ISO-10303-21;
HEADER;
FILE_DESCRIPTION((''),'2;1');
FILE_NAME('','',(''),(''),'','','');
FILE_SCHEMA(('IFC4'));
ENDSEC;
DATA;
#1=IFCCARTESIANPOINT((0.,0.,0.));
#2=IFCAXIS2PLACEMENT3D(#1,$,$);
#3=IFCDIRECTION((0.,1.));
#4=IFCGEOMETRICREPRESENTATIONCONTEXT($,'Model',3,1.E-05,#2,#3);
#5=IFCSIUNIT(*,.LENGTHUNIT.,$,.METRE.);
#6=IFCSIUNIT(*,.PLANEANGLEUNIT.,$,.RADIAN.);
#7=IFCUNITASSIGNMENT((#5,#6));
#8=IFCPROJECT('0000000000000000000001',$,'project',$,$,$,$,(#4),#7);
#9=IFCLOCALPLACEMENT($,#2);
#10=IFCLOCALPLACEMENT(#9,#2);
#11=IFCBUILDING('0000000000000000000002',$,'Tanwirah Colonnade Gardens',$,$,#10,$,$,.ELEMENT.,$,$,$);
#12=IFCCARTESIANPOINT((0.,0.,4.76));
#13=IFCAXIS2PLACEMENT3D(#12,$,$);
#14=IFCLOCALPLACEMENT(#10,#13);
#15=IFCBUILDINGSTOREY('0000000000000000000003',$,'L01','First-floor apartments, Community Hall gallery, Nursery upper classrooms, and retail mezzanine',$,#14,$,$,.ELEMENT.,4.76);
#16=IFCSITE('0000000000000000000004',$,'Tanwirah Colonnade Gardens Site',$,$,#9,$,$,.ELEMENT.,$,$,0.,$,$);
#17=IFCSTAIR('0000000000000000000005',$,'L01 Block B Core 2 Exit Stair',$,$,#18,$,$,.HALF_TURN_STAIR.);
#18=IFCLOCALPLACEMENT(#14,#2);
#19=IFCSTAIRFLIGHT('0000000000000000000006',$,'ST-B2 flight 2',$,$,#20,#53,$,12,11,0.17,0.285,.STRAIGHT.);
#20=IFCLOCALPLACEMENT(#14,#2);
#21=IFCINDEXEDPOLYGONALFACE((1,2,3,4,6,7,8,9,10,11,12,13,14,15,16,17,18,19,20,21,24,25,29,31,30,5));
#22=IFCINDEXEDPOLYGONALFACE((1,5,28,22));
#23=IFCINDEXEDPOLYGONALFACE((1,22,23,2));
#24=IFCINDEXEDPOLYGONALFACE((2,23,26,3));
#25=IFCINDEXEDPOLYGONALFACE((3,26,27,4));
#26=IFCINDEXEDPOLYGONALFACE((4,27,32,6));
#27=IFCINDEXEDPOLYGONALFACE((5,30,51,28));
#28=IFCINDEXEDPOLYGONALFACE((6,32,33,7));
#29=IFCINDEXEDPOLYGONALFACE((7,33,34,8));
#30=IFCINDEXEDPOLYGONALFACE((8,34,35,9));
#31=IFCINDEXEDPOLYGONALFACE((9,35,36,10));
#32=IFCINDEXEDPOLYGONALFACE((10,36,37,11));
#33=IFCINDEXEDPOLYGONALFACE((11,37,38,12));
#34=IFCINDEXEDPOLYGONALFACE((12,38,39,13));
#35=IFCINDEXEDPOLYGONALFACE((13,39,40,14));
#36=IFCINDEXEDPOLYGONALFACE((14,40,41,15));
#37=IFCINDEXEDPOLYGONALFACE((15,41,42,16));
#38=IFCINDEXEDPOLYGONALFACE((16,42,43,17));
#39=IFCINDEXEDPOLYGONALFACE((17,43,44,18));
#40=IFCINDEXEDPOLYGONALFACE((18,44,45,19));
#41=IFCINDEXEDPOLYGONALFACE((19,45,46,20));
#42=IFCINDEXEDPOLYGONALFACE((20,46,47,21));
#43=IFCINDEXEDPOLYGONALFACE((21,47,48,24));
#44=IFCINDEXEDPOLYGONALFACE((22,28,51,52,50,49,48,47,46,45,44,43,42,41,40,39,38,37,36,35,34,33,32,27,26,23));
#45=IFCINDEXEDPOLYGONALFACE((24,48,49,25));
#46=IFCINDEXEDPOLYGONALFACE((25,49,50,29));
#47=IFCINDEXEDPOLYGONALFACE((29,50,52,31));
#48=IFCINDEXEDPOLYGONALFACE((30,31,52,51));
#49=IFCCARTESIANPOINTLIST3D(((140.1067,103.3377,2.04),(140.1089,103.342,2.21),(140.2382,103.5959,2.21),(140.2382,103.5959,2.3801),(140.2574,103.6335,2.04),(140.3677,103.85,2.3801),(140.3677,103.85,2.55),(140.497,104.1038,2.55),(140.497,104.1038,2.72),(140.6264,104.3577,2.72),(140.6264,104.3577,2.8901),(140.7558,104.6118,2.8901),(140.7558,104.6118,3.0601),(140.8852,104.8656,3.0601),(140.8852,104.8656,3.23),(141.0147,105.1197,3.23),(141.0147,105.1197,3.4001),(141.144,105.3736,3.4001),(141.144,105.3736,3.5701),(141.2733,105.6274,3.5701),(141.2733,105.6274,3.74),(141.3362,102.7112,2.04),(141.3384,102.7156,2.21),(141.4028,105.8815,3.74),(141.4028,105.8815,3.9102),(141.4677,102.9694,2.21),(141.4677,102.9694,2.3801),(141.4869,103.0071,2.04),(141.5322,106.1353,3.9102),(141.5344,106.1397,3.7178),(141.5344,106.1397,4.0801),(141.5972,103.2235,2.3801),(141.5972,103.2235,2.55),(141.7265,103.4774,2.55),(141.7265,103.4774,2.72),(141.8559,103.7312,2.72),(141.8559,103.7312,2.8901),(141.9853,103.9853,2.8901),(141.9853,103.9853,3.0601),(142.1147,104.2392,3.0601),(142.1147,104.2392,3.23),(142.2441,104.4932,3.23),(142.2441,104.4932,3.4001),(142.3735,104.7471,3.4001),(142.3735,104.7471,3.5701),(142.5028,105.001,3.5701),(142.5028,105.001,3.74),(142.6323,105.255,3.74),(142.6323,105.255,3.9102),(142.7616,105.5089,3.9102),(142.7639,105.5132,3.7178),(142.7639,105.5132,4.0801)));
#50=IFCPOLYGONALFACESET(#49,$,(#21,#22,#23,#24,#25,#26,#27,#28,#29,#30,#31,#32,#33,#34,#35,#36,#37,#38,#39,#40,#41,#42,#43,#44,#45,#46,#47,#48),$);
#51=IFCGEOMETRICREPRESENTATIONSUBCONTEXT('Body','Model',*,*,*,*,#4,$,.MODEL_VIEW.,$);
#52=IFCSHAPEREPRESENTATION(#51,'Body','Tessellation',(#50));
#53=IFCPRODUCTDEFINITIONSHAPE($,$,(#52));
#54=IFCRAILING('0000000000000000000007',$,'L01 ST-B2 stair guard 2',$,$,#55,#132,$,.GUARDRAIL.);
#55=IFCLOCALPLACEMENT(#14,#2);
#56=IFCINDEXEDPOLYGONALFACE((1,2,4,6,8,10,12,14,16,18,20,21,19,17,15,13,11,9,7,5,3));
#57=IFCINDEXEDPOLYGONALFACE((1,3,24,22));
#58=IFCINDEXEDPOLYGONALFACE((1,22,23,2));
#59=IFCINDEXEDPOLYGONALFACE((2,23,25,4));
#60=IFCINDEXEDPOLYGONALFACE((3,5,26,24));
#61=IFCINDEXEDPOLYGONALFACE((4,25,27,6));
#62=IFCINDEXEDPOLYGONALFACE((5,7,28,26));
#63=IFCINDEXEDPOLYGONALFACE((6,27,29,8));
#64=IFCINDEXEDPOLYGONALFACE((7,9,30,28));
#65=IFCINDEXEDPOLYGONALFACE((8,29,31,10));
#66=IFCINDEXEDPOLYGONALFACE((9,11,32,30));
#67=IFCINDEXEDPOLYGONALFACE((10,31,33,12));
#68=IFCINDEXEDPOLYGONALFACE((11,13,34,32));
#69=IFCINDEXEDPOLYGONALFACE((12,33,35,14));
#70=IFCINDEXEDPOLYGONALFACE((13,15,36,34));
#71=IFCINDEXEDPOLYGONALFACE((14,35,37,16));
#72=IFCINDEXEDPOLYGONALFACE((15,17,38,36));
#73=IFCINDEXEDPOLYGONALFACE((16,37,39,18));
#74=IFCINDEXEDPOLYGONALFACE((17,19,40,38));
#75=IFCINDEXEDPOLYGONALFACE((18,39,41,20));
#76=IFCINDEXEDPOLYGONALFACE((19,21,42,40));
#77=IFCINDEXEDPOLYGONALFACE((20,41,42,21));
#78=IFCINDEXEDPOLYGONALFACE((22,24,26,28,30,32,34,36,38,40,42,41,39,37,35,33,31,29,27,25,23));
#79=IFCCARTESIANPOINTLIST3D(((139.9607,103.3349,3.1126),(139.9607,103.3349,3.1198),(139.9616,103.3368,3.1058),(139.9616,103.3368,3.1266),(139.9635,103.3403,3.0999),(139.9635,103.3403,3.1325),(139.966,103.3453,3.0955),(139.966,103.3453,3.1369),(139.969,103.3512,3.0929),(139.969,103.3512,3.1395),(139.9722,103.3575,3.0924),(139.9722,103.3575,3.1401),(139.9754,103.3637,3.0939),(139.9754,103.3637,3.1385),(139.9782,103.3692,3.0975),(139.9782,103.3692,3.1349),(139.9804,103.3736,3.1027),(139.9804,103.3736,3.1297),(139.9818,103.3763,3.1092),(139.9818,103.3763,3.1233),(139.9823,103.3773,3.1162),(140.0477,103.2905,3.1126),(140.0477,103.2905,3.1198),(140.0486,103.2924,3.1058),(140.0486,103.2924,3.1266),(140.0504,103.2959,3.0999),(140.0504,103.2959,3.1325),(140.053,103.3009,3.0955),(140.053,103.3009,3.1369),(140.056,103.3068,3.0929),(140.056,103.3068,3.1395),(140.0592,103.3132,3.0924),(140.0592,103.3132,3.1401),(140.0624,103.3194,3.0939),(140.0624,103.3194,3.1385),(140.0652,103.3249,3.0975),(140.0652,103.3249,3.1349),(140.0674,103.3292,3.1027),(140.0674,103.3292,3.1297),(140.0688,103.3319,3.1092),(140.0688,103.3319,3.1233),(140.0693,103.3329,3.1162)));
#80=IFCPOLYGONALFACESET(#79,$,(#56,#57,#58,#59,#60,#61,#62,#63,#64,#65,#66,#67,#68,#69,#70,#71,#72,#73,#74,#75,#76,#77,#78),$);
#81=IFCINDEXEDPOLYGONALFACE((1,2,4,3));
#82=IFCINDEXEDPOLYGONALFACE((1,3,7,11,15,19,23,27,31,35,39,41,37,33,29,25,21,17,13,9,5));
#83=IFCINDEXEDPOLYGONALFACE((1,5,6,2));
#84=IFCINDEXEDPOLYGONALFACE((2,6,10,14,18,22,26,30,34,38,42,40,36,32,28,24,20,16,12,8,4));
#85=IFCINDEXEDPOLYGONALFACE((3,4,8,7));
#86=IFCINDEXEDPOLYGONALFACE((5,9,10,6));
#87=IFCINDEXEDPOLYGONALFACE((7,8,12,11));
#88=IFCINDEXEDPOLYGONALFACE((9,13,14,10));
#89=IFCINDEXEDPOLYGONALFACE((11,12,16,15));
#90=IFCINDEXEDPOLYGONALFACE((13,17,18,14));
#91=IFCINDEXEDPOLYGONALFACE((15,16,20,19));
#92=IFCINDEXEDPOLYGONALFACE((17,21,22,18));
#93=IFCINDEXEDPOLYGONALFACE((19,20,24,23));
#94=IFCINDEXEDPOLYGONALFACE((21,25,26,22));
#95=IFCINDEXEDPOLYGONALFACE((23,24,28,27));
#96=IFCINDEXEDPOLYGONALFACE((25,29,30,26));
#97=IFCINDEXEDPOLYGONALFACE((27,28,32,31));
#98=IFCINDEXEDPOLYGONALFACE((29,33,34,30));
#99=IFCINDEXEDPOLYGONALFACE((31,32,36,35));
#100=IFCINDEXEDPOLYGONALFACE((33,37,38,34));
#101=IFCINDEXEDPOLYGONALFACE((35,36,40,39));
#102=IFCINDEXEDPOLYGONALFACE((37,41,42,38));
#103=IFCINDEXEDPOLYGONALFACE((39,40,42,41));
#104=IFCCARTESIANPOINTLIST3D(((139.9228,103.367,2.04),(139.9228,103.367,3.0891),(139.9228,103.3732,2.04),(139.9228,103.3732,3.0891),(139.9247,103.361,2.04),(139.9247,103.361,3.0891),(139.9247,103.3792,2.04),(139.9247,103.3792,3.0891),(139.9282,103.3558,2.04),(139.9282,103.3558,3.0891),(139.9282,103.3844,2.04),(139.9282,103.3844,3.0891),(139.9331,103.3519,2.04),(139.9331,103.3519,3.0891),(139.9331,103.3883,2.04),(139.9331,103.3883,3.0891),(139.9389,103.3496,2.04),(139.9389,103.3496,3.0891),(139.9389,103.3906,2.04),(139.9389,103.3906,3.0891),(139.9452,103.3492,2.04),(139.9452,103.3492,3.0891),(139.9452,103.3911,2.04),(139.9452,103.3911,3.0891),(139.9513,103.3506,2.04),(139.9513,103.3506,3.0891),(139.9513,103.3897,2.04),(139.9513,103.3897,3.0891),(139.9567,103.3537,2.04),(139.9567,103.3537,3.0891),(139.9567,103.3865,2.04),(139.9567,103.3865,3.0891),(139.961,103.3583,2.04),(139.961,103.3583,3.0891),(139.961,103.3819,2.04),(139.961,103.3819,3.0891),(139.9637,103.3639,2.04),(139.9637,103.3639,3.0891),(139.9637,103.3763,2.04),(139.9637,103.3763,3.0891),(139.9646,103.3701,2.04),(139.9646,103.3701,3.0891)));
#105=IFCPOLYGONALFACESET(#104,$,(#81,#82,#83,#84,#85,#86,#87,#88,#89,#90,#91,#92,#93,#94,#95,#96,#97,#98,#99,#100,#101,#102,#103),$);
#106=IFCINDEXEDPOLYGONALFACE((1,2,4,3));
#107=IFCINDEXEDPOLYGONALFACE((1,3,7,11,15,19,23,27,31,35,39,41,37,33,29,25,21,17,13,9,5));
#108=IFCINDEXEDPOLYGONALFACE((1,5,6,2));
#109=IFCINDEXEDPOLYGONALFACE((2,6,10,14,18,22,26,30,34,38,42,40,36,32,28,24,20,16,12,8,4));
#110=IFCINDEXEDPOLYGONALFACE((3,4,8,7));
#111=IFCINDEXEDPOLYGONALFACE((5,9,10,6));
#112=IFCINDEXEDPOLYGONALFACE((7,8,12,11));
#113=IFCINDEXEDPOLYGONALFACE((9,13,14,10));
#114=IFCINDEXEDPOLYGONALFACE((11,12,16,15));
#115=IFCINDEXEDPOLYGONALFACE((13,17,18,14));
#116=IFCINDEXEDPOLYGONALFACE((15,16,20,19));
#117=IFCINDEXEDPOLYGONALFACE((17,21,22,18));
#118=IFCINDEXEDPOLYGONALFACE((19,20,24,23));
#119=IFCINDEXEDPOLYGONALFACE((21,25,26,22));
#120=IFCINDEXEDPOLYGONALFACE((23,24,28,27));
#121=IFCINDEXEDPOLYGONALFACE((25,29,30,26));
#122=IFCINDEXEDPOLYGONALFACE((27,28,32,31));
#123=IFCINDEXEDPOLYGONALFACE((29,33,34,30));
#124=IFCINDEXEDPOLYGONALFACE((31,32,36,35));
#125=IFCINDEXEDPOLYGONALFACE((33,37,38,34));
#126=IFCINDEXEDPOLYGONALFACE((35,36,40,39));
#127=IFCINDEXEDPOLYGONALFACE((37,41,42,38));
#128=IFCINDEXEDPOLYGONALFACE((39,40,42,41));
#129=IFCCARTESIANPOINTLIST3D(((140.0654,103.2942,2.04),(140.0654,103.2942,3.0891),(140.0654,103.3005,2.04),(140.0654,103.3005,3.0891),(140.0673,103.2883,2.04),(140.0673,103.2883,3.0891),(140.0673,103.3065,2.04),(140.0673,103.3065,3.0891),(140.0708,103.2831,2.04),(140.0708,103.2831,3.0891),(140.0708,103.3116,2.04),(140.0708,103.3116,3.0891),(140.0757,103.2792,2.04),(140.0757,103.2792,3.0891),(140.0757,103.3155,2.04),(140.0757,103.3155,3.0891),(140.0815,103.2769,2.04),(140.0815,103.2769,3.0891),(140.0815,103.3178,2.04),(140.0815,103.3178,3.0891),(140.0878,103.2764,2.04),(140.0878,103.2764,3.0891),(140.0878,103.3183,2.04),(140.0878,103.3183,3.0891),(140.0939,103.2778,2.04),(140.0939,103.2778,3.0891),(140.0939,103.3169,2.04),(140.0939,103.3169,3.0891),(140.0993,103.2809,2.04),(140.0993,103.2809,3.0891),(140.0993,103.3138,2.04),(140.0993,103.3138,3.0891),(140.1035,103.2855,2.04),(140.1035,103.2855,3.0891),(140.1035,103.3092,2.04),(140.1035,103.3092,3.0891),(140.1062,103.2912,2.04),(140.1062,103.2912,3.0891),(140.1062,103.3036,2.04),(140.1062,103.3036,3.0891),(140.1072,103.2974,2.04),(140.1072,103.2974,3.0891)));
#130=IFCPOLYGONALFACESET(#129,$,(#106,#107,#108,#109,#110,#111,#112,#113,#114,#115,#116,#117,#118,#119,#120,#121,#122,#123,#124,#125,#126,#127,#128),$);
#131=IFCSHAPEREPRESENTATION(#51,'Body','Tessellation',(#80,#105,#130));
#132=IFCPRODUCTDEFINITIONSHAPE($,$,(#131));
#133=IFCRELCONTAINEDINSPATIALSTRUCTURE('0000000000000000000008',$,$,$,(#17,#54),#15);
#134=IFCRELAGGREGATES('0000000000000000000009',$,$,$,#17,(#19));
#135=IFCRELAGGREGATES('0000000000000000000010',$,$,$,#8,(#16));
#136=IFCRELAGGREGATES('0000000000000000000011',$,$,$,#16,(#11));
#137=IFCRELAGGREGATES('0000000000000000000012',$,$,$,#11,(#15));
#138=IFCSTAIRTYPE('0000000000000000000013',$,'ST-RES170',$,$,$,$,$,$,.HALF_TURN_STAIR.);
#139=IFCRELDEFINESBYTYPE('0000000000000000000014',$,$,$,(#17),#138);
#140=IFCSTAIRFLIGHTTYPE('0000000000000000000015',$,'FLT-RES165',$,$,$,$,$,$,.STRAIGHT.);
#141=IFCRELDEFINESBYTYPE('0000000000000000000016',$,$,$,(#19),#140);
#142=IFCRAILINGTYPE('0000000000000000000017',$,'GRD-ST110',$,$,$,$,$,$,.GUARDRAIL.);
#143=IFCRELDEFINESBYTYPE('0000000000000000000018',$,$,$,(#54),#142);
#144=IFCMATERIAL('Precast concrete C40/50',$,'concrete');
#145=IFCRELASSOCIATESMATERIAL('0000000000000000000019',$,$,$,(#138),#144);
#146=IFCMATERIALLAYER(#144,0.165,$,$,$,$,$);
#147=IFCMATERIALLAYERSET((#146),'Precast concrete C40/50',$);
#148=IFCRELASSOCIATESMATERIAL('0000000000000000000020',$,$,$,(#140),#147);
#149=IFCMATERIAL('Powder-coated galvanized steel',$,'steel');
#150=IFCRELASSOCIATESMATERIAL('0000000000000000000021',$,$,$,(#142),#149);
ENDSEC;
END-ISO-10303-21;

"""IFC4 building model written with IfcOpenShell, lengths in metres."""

from ifc_helpers import new_model, si_unit, direction, frame, origin, origin_2d, place, context, subcontext, project, spatial, polyline, circle, outline, extrude, material, layer, layer_set, type_object, element, aggregate, save


model = new_model("IFC4")

# Units and contexts
model_context = context("Model", 3, precision=1e-05, world=origin(), true_north=direction((0.0, 1.0)))
body_context = subcontext(model_context, "Body", "Model", "MODEL_VIEW")
ifc_project = project(units=[si_unit("LENGTHUNIT", "METRE"), si_unit("PLANEANGLEUNIT", "RADIAN")], contexts=[model_context])

# Site, building, storey
site_placement = place(None, origin())
site = spatial("IfcSite", under=ifc_project, at=site_placement, Name="Tanwirah Colonnade Gardens Site", CompositionType="ELEMENT", RefElevation=0.0)
building_placement = place(site_placement, origin())
building = spatial("IfcBuilding", under=site, at=building_placement, Name="Tanwirah Colonnade Gardens", CompositionType="ELEMENT")
storey_placement = place(building_placement, frame((0.0, 0.0, 4.76)))
storey = spatial("IfcBuildingStorey", under=building, at=storey_placement, Name="L01", Description="First-floor apartments, Community Hall gallery, Nursery upper classrooms, and retail mezzanine", CompositionType="ELEMENT", Elevation=4.76)

# Shared definitions
ifc_material_1 = material(Name="Precast concrete C40/50", Category="concrete")

# Stair, stair flight
stair_type = type_object("IfcStairType", Name="ST-RES170", PredefinedType="HALF_TURN_STAIR", material=ifc_material_1)
stair_placement = place(storey_placement, origin())
stair = element("IfcStair", 1, at=stair_placement, inside=storey, type_object=stair_type, Name="L01 Block B Core 2 Exit Stair", PredefinedType="HALF_TURN_STAIR")
ifc_layer_1 = layer(ifc_material_1, 0.165)
ifc_layer_set_1 = layer_set([ifc_layer_1], Name="Precast concrete C40/50")
stair_flight_type = type_object("IfcStairFlightType", Name="FLT-RES165", PredefinedType="STRAIGHT", material=ifc_layer_set_1)
stair_flight_placement = place(storey_placement, frame((140.7236, 103.0288, 2.04), z_axis=(0.0, 0.0, 1.0), x_axis=(0.45399, 0.891007, 0.0)))
stair_flight = element("IfcStairFlight", 2, at=stair_flight_placement, type_object=stair_flight_type, Name="ST-B2 flight 2", NumberOfRisers=12, NumberOfTreads=11, PredefinedType="STRAIGHT", RiserHeight=0.17, TreadLength=0.285, context=body_context, shape_type="SweptSolid", body=[
    extrude(outline(polyline([(-0.0049, 0.0), (0.0, 0.1699), (0.2849, 0.1699), (0.2849, 0.3401), (0.5701, 0.3401), (0.5701, 0.51), (0.855, 0.51), (0.855, 0.6799), (1.1399, 0.6799), (1.1399, 0.8501), (1.425, 0.8501), (1.425, 1.02), (1.71, 1.02), (1.71, 1.1899), (1.9951, 1.1899), (1.9951, 1.3601), (2.28, 1.3601), (2.28, 1.53), (2.5649, 1.53), (2.5649, 1.7), (2.8501, 1.7), (2.8501, 1.8701), (3.135, 1.8701), (3.1399, 2.04), (3.1399, 1.6777), (0.3271, 0.0), (-0.0049, 0.0)])), frame((0.0, 0.6899, 0.0), z_axis=(0.0, -1.0, 0.0), x_axis=(1.0, 0.0, 0.0)), (0.0, 0.0, 1.0), 1.3799),
])
aggregate(stair, [stair_flight])

# Railing
ifc_material_2 = material(Name="Powder-coated galvanized steel", Category="steel")
railing_type_1 = type_object("IfcRailingType", Name="GRD-ST110", PredefinedType="GUARDRAIL", material=ifc_material_2)
railing_1_placement = place(storey_placement, frame((139.9436, 103.3701, 2.04)))
element("IfcRailing", 3, at=railing_1_placement, inside=storey, type_object=railing_type_1, Name="L01 ST-B2 stair guard 2", PredefinedType="GUARDRAIL", context=body_context, shape_type="SweptSolid", body=[
    extrude(circle(Radius=0.0239, at=origin_2d()), frame((0.0278, -0.0142, 1.0762), z_axis=(0.890737, -0.45452, 0.0), x_axis=(0.45452, 0.890737, 0.0)), (0.0, 0.0, 1.0), 0.0977),
    extrude(circle(Radius=0.021, at=origin_2d()), origin(), (0.0, 0.0, 1.0), 1.0491),
    extrude(circle(Radius=0.021, at=origin_2d()), frame((0.1426, -0.0728, 0.0)), (0.0, 0.0, 1.0), 1.0491),
])

save(model, "model.ifc")
